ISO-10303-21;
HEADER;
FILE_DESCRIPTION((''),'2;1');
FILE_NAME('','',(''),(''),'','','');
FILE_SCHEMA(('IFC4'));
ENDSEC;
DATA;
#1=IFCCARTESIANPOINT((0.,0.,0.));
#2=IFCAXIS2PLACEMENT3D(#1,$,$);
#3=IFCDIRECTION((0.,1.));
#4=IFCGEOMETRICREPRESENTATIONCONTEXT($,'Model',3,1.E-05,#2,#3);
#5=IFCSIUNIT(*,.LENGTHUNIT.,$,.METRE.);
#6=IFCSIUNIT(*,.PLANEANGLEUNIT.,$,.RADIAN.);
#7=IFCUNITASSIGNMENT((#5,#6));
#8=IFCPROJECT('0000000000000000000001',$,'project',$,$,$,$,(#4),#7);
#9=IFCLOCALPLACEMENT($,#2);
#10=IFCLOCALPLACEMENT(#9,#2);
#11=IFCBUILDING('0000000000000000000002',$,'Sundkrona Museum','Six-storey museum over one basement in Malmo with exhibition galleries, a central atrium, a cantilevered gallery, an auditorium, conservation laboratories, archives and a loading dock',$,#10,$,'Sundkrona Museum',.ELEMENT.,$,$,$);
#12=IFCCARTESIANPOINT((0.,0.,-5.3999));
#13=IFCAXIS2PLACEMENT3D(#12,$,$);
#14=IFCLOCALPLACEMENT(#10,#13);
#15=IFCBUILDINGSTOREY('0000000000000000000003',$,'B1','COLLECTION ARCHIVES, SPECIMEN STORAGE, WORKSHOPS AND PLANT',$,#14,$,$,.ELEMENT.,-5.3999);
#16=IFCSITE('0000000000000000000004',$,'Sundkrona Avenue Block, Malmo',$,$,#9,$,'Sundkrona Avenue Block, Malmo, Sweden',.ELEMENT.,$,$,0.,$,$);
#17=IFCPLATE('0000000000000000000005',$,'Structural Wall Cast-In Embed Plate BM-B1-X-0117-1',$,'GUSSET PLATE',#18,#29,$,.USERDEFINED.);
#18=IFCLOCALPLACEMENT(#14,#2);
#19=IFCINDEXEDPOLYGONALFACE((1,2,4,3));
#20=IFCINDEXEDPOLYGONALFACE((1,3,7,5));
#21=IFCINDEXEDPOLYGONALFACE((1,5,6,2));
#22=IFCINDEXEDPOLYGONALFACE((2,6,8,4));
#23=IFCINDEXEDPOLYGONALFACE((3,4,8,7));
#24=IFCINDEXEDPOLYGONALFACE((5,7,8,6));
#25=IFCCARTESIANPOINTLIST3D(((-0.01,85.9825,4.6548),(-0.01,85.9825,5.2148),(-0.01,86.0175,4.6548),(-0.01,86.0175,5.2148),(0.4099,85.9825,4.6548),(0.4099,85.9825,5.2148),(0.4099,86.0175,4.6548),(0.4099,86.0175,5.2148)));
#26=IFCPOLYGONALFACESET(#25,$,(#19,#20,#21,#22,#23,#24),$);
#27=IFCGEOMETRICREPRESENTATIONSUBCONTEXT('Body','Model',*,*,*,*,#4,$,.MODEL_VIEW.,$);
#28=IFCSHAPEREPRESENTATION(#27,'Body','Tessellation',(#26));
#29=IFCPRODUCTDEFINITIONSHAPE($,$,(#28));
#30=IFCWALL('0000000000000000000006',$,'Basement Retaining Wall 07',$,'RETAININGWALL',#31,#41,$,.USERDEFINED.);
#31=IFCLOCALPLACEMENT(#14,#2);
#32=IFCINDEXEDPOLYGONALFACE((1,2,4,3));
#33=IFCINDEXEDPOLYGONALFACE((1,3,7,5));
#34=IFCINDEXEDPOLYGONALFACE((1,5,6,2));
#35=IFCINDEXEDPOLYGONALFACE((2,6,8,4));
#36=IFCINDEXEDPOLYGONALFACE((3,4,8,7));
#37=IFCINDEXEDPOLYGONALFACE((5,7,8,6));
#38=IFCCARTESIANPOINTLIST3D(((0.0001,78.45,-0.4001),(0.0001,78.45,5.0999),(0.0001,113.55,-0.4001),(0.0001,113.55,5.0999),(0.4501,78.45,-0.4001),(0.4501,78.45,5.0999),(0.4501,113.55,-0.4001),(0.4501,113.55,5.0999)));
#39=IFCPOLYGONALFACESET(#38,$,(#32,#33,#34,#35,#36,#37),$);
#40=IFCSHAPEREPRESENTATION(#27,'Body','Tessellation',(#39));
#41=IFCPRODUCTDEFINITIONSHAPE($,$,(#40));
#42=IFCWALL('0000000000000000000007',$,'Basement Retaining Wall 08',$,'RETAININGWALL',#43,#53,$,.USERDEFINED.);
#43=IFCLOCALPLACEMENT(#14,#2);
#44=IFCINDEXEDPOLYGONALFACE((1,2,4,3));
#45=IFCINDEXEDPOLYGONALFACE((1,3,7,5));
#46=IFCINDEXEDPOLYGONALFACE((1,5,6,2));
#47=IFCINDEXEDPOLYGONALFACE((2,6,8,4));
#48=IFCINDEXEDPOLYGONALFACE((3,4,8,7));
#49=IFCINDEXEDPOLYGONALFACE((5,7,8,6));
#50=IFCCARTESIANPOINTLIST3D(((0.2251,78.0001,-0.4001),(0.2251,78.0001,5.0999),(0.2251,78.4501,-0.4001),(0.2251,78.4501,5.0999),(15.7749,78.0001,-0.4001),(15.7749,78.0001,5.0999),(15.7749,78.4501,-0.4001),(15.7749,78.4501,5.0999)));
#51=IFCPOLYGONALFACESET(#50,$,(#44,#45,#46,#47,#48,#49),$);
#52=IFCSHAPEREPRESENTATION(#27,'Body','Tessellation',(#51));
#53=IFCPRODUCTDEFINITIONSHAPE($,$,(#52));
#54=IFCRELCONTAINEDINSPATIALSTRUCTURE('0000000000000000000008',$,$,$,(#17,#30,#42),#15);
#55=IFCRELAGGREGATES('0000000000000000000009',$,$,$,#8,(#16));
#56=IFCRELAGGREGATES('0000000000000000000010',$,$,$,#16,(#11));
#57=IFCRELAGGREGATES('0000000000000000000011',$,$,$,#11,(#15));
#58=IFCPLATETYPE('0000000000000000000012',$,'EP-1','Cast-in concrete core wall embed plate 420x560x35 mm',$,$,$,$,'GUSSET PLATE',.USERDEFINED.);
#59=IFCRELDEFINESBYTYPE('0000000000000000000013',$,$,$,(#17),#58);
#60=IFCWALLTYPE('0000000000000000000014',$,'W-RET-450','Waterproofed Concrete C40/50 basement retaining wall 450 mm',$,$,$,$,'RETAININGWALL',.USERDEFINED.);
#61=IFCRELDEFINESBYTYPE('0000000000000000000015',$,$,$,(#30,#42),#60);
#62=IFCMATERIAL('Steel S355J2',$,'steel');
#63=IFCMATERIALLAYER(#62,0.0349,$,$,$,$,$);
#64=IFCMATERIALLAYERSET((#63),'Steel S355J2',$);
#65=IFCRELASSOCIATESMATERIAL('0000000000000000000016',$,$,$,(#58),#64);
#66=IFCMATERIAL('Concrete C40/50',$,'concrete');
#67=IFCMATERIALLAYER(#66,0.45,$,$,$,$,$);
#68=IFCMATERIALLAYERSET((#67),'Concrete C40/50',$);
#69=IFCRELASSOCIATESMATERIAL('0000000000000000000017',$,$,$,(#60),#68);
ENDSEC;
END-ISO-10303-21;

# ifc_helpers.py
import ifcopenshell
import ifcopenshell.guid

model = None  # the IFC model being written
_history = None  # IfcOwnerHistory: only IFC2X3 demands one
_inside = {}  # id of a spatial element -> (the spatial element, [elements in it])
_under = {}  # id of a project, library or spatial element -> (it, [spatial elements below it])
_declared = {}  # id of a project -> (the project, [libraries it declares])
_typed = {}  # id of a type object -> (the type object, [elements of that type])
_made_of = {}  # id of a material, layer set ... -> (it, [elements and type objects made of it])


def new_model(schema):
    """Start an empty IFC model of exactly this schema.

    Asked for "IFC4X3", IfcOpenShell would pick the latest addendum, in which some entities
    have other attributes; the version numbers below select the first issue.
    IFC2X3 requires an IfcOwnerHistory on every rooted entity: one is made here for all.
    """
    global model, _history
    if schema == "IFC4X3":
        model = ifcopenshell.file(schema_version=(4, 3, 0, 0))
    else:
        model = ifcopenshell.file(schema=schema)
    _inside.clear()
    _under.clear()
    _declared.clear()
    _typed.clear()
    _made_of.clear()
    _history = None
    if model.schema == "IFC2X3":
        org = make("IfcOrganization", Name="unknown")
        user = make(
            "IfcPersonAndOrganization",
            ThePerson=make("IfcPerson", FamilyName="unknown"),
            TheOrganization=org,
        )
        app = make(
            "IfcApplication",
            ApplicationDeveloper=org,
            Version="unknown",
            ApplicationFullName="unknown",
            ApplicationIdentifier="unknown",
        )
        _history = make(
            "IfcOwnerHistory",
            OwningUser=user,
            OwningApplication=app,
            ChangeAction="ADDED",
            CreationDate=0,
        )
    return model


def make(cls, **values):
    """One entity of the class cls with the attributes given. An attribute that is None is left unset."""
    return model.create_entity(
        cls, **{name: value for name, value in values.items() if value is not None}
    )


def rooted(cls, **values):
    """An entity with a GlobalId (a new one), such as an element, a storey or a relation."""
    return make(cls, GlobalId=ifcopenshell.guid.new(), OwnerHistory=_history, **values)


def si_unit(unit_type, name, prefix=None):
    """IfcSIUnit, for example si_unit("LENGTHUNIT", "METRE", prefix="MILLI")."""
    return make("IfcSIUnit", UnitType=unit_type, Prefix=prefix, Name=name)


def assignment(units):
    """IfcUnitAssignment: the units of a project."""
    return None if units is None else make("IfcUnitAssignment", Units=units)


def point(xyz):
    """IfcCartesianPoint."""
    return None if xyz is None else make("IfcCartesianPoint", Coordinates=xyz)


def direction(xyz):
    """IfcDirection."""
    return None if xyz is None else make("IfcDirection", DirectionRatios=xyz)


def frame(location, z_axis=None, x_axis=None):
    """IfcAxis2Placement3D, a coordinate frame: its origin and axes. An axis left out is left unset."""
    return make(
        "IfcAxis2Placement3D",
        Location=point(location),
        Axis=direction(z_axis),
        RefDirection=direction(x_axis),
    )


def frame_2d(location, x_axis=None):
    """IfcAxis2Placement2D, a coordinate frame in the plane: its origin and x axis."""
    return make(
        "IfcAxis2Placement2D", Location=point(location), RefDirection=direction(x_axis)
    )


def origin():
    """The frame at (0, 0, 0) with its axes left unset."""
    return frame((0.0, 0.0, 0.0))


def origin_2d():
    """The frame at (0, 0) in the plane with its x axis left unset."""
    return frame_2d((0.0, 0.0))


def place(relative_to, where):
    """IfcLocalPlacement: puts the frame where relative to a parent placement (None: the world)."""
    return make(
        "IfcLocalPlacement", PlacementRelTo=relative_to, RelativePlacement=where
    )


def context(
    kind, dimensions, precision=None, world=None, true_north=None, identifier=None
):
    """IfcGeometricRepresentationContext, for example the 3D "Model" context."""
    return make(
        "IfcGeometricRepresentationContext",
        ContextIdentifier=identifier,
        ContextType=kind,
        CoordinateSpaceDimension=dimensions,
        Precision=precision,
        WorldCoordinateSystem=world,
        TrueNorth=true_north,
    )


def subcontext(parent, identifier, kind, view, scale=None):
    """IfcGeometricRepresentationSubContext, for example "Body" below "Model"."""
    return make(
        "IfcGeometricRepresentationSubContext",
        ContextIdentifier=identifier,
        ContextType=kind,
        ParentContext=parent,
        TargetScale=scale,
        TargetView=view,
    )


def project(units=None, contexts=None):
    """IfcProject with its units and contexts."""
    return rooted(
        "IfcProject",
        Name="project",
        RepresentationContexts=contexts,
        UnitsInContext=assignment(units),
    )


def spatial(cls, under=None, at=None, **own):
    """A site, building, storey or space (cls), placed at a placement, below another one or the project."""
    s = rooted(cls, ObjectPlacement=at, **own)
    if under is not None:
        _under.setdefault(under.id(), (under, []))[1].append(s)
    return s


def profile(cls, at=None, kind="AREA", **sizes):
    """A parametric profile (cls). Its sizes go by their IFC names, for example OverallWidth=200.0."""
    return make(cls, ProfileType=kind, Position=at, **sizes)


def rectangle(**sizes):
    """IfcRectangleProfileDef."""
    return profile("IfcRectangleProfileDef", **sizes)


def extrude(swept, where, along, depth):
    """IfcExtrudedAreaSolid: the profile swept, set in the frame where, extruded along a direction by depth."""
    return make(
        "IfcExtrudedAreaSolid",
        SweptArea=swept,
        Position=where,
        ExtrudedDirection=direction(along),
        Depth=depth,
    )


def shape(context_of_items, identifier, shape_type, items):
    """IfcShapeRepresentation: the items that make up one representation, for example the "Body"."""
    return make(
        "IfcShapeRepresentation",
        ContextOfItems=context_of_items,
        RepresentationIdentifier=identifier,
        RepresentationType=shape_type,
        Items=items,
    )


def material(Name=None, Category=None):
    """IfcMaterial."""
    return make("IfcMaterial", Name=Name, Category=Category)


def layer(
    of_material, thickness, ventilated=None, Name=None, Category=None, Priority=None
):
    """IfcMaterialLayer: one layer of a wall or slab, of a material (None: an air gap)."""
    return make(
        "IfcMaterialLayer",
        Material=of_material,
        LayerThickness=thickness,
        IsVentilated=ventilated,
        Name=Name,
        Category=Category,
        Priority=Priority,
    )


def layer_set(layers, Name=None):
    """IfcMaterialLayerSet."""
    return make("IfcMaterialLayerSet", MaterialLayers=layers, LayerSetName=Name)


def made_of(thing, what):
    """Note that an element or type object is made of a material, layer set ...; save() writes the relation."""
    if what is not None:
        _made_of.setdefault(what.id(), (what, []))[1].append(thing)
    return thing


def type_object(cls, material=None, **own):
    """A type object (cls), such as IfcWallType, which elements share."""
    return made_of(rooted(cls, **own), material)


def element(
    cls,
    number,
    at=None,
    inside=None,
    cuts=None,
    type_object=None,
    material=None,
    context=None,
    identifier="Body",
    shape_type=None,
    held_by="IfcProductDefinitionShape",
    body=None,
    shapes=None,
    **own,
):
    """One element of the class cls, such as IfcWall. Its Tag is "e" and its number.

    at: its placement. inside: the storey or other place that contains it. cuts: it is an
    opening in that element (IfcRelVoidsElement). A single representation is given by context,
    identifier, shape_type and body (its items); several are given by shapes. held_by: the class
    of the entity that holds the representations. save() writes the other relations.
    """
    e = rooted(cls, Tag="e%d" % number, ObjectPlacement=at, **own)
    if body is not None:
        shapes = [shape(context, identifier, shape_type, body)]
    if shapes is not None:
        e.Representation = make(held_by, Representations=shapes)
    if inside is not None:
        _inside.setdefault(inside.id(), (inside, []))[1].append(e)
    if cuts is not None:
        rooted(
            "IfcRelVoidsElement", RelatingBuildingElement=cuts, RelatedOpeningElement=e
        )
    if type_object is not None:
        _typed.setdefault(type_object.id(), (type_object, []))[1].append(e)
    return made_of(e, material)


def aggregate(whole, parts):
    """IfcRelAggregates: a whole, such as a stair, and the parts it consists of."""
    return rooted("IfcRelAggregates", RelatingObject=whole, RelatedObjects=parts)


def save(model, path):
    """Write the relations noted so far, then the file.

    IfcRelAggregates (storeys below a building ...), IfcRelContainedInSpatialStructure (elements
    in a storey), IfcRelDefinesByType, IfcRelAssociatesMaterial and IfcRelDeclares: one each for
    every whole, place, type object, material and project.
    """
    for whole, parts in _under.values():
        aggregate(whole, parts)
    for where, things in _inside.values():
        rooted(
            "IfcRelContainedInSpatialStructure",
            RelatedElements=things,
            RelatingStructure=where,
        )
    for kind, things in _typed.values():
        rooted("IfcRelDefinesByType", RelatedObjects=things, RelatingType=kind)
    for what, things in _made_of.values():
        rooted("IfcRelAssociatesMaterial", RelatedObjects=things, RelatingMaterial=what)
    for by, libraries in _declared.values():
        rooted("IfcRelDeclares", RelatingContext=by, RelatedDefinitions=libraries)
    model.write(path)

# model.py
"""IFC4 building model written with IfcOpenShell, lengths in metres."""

from ifc_helpers import new_model, si_unit, direction, frame, frame_2d, origin, origin_2d, place, context, subcontext, project, spatial, rectangle, extrude, material, layer, layer_set, type_object, element, save


model = new_model("IFC4")

# Units and contexts
model_context = context("Model", 3, precision=1e-05, world=origin(), true_north=direction((0.0, 1.0)))
body_context = subcontext(model_context, "Body", "Model", "MODEL_VIEW")
ifc_project = project(units=[si_unit("LENGTHUNIT", "METRE"), si_unit("PLANEANGLEUNIT", "RADIAN")], contexts=[model_context])

# Site, building, storey
site_placement = place(None, origin())
site = spatial("IfcSite", under=ifc_project, at=site_placement, Name="Sundkrona Avenue Block, Malmo", LongName="Sundkrona Avenue Block, Malmo, Sweden", CompositionType="ELEMENT", RefElevation=0.0)
building_placement = place(site_placement, origin())
building = spatial("IfcBuilding", under=site, at=building_placement, Name="Sundkrona Museum", Description="Six-storey museum over one basement in Malmo with exhibition galleries, a central atrium, a cantilevered gallery, an auditorium, conservation laboratories, archives and a loading dock", LongName="Sundkrona Museum", CompositionType="ELEMENT")
storey_placement = place(building_placement, frame((0.0, 0.0, -5.3999)))
storey = spatial("IfcBuildingStorey", under=building, at=storey_placement, Name="B1", Description="COLLECTION ARCHIVES, SPECIMEN STORAGE, WORKSHOPS AND PLANT", CompositionType="ELEMENT", Elevation=-5.3999)

# Shared definitions
ifc_material_1 = material(Name="Concrete C40/50", Category="concrete")

# Shared definitions
ifc_material_2 = material(Name="Steel S355J2", Category="steel")

# Plate
ifc_layer_1 = layer(ifc_material_2, 0.0349)
ifc_layer_set_1 = layer_set([ifc_layer_1], Name="Steel S355J2")
plate_type = type_object("IfcPlateType", Name="EP-1", Description="Cast-in concrete core wall embed plate 420x560x35 mm", ElementType="GUSSET PLATE", PredefinedType="USERDEFINED", material=ifc_layer_set_1)
plate_placement = place(storey_placement, frame((0.2, 86.0, 4.6548), z_axis=(0.0, 0.0, 1.0), x_axis=(1.0, 0.0, 0.0)))
element("IfcPlate", 1, at=plate_placement, inside=storey, type_object=plate_type, Name="Structural Wall Cast-In Embed Plate BM-B1-X-0117-1", ObjectType="GUSSET PLATE", PredefinedType="USERDEFINED", context=body_context, shape_type="SweptSolid", body=[
    extrude(rectangle(XDim=0.4199, YDim=0.0349, at=origin_2d()), origin(), (0.0, 0.0, 1.0), 0.5601),
])

# Walls
ifc_layer_2 = layer(ifc_material_1, 0.45)
ifc_layer_set_2 = layer_set([ifc_layer_2], Name="Concrete C40/50")
wall_type = type_object("IfcWallType", Name="W-RET-450", Description="Waterproofed Concrete C40/50 basement retaining wall 450 mm", ElementType="RETAININGWALL", PredefinedType="USERDEFINED", material=ifc_layer_set_2)
wall_1_placement = place(storey_placement, frame((0.2251, 78.45, -0.4001), z_axis=(0.0, 0.0, 1.0), x_axis=(0.0, 1.0, 0.0)))
element("IfcWall", 2, at=wall_1_placement, inside=storey, type_object=wall_type, Name="Basement Retaining Wall 07", ObjectType="RETAININGWALL", PredefinedType="USERDEFINED", context=body_context, shape_type="SweptSolid", body=[
    extrude(rectangle(XDim=35.1001, YDim=0.45, at=frame_2d((17.55, 0.0))), origin(), (0.0, 0.0, 1.0), 5.5),
])
wall_2_placement = place(storey_placement, frame((0.2251, 78.2251, -0.4001), z_axis=(0.0, 0.0, 1.0), x_axis=(1.0, 0.0, 0.0)))
element("IfcWall", 3, at=wall_2_placement, inside=storey, type_object=wall_type, Name="Basement Retaining Wall 08", ObjectType="RETAININGWALL", PredefinedType="USERDEFINED", context=body_context, shape_type="SweptSolid", body=[
    extrude(rectangle(XDim=15.5498, YDim=0.45, at=frame_2d((7.7749, 0.0))), origin(), (0.0, 0.0, 1.0), 5.5),
])

save(model, "model.ifc")
